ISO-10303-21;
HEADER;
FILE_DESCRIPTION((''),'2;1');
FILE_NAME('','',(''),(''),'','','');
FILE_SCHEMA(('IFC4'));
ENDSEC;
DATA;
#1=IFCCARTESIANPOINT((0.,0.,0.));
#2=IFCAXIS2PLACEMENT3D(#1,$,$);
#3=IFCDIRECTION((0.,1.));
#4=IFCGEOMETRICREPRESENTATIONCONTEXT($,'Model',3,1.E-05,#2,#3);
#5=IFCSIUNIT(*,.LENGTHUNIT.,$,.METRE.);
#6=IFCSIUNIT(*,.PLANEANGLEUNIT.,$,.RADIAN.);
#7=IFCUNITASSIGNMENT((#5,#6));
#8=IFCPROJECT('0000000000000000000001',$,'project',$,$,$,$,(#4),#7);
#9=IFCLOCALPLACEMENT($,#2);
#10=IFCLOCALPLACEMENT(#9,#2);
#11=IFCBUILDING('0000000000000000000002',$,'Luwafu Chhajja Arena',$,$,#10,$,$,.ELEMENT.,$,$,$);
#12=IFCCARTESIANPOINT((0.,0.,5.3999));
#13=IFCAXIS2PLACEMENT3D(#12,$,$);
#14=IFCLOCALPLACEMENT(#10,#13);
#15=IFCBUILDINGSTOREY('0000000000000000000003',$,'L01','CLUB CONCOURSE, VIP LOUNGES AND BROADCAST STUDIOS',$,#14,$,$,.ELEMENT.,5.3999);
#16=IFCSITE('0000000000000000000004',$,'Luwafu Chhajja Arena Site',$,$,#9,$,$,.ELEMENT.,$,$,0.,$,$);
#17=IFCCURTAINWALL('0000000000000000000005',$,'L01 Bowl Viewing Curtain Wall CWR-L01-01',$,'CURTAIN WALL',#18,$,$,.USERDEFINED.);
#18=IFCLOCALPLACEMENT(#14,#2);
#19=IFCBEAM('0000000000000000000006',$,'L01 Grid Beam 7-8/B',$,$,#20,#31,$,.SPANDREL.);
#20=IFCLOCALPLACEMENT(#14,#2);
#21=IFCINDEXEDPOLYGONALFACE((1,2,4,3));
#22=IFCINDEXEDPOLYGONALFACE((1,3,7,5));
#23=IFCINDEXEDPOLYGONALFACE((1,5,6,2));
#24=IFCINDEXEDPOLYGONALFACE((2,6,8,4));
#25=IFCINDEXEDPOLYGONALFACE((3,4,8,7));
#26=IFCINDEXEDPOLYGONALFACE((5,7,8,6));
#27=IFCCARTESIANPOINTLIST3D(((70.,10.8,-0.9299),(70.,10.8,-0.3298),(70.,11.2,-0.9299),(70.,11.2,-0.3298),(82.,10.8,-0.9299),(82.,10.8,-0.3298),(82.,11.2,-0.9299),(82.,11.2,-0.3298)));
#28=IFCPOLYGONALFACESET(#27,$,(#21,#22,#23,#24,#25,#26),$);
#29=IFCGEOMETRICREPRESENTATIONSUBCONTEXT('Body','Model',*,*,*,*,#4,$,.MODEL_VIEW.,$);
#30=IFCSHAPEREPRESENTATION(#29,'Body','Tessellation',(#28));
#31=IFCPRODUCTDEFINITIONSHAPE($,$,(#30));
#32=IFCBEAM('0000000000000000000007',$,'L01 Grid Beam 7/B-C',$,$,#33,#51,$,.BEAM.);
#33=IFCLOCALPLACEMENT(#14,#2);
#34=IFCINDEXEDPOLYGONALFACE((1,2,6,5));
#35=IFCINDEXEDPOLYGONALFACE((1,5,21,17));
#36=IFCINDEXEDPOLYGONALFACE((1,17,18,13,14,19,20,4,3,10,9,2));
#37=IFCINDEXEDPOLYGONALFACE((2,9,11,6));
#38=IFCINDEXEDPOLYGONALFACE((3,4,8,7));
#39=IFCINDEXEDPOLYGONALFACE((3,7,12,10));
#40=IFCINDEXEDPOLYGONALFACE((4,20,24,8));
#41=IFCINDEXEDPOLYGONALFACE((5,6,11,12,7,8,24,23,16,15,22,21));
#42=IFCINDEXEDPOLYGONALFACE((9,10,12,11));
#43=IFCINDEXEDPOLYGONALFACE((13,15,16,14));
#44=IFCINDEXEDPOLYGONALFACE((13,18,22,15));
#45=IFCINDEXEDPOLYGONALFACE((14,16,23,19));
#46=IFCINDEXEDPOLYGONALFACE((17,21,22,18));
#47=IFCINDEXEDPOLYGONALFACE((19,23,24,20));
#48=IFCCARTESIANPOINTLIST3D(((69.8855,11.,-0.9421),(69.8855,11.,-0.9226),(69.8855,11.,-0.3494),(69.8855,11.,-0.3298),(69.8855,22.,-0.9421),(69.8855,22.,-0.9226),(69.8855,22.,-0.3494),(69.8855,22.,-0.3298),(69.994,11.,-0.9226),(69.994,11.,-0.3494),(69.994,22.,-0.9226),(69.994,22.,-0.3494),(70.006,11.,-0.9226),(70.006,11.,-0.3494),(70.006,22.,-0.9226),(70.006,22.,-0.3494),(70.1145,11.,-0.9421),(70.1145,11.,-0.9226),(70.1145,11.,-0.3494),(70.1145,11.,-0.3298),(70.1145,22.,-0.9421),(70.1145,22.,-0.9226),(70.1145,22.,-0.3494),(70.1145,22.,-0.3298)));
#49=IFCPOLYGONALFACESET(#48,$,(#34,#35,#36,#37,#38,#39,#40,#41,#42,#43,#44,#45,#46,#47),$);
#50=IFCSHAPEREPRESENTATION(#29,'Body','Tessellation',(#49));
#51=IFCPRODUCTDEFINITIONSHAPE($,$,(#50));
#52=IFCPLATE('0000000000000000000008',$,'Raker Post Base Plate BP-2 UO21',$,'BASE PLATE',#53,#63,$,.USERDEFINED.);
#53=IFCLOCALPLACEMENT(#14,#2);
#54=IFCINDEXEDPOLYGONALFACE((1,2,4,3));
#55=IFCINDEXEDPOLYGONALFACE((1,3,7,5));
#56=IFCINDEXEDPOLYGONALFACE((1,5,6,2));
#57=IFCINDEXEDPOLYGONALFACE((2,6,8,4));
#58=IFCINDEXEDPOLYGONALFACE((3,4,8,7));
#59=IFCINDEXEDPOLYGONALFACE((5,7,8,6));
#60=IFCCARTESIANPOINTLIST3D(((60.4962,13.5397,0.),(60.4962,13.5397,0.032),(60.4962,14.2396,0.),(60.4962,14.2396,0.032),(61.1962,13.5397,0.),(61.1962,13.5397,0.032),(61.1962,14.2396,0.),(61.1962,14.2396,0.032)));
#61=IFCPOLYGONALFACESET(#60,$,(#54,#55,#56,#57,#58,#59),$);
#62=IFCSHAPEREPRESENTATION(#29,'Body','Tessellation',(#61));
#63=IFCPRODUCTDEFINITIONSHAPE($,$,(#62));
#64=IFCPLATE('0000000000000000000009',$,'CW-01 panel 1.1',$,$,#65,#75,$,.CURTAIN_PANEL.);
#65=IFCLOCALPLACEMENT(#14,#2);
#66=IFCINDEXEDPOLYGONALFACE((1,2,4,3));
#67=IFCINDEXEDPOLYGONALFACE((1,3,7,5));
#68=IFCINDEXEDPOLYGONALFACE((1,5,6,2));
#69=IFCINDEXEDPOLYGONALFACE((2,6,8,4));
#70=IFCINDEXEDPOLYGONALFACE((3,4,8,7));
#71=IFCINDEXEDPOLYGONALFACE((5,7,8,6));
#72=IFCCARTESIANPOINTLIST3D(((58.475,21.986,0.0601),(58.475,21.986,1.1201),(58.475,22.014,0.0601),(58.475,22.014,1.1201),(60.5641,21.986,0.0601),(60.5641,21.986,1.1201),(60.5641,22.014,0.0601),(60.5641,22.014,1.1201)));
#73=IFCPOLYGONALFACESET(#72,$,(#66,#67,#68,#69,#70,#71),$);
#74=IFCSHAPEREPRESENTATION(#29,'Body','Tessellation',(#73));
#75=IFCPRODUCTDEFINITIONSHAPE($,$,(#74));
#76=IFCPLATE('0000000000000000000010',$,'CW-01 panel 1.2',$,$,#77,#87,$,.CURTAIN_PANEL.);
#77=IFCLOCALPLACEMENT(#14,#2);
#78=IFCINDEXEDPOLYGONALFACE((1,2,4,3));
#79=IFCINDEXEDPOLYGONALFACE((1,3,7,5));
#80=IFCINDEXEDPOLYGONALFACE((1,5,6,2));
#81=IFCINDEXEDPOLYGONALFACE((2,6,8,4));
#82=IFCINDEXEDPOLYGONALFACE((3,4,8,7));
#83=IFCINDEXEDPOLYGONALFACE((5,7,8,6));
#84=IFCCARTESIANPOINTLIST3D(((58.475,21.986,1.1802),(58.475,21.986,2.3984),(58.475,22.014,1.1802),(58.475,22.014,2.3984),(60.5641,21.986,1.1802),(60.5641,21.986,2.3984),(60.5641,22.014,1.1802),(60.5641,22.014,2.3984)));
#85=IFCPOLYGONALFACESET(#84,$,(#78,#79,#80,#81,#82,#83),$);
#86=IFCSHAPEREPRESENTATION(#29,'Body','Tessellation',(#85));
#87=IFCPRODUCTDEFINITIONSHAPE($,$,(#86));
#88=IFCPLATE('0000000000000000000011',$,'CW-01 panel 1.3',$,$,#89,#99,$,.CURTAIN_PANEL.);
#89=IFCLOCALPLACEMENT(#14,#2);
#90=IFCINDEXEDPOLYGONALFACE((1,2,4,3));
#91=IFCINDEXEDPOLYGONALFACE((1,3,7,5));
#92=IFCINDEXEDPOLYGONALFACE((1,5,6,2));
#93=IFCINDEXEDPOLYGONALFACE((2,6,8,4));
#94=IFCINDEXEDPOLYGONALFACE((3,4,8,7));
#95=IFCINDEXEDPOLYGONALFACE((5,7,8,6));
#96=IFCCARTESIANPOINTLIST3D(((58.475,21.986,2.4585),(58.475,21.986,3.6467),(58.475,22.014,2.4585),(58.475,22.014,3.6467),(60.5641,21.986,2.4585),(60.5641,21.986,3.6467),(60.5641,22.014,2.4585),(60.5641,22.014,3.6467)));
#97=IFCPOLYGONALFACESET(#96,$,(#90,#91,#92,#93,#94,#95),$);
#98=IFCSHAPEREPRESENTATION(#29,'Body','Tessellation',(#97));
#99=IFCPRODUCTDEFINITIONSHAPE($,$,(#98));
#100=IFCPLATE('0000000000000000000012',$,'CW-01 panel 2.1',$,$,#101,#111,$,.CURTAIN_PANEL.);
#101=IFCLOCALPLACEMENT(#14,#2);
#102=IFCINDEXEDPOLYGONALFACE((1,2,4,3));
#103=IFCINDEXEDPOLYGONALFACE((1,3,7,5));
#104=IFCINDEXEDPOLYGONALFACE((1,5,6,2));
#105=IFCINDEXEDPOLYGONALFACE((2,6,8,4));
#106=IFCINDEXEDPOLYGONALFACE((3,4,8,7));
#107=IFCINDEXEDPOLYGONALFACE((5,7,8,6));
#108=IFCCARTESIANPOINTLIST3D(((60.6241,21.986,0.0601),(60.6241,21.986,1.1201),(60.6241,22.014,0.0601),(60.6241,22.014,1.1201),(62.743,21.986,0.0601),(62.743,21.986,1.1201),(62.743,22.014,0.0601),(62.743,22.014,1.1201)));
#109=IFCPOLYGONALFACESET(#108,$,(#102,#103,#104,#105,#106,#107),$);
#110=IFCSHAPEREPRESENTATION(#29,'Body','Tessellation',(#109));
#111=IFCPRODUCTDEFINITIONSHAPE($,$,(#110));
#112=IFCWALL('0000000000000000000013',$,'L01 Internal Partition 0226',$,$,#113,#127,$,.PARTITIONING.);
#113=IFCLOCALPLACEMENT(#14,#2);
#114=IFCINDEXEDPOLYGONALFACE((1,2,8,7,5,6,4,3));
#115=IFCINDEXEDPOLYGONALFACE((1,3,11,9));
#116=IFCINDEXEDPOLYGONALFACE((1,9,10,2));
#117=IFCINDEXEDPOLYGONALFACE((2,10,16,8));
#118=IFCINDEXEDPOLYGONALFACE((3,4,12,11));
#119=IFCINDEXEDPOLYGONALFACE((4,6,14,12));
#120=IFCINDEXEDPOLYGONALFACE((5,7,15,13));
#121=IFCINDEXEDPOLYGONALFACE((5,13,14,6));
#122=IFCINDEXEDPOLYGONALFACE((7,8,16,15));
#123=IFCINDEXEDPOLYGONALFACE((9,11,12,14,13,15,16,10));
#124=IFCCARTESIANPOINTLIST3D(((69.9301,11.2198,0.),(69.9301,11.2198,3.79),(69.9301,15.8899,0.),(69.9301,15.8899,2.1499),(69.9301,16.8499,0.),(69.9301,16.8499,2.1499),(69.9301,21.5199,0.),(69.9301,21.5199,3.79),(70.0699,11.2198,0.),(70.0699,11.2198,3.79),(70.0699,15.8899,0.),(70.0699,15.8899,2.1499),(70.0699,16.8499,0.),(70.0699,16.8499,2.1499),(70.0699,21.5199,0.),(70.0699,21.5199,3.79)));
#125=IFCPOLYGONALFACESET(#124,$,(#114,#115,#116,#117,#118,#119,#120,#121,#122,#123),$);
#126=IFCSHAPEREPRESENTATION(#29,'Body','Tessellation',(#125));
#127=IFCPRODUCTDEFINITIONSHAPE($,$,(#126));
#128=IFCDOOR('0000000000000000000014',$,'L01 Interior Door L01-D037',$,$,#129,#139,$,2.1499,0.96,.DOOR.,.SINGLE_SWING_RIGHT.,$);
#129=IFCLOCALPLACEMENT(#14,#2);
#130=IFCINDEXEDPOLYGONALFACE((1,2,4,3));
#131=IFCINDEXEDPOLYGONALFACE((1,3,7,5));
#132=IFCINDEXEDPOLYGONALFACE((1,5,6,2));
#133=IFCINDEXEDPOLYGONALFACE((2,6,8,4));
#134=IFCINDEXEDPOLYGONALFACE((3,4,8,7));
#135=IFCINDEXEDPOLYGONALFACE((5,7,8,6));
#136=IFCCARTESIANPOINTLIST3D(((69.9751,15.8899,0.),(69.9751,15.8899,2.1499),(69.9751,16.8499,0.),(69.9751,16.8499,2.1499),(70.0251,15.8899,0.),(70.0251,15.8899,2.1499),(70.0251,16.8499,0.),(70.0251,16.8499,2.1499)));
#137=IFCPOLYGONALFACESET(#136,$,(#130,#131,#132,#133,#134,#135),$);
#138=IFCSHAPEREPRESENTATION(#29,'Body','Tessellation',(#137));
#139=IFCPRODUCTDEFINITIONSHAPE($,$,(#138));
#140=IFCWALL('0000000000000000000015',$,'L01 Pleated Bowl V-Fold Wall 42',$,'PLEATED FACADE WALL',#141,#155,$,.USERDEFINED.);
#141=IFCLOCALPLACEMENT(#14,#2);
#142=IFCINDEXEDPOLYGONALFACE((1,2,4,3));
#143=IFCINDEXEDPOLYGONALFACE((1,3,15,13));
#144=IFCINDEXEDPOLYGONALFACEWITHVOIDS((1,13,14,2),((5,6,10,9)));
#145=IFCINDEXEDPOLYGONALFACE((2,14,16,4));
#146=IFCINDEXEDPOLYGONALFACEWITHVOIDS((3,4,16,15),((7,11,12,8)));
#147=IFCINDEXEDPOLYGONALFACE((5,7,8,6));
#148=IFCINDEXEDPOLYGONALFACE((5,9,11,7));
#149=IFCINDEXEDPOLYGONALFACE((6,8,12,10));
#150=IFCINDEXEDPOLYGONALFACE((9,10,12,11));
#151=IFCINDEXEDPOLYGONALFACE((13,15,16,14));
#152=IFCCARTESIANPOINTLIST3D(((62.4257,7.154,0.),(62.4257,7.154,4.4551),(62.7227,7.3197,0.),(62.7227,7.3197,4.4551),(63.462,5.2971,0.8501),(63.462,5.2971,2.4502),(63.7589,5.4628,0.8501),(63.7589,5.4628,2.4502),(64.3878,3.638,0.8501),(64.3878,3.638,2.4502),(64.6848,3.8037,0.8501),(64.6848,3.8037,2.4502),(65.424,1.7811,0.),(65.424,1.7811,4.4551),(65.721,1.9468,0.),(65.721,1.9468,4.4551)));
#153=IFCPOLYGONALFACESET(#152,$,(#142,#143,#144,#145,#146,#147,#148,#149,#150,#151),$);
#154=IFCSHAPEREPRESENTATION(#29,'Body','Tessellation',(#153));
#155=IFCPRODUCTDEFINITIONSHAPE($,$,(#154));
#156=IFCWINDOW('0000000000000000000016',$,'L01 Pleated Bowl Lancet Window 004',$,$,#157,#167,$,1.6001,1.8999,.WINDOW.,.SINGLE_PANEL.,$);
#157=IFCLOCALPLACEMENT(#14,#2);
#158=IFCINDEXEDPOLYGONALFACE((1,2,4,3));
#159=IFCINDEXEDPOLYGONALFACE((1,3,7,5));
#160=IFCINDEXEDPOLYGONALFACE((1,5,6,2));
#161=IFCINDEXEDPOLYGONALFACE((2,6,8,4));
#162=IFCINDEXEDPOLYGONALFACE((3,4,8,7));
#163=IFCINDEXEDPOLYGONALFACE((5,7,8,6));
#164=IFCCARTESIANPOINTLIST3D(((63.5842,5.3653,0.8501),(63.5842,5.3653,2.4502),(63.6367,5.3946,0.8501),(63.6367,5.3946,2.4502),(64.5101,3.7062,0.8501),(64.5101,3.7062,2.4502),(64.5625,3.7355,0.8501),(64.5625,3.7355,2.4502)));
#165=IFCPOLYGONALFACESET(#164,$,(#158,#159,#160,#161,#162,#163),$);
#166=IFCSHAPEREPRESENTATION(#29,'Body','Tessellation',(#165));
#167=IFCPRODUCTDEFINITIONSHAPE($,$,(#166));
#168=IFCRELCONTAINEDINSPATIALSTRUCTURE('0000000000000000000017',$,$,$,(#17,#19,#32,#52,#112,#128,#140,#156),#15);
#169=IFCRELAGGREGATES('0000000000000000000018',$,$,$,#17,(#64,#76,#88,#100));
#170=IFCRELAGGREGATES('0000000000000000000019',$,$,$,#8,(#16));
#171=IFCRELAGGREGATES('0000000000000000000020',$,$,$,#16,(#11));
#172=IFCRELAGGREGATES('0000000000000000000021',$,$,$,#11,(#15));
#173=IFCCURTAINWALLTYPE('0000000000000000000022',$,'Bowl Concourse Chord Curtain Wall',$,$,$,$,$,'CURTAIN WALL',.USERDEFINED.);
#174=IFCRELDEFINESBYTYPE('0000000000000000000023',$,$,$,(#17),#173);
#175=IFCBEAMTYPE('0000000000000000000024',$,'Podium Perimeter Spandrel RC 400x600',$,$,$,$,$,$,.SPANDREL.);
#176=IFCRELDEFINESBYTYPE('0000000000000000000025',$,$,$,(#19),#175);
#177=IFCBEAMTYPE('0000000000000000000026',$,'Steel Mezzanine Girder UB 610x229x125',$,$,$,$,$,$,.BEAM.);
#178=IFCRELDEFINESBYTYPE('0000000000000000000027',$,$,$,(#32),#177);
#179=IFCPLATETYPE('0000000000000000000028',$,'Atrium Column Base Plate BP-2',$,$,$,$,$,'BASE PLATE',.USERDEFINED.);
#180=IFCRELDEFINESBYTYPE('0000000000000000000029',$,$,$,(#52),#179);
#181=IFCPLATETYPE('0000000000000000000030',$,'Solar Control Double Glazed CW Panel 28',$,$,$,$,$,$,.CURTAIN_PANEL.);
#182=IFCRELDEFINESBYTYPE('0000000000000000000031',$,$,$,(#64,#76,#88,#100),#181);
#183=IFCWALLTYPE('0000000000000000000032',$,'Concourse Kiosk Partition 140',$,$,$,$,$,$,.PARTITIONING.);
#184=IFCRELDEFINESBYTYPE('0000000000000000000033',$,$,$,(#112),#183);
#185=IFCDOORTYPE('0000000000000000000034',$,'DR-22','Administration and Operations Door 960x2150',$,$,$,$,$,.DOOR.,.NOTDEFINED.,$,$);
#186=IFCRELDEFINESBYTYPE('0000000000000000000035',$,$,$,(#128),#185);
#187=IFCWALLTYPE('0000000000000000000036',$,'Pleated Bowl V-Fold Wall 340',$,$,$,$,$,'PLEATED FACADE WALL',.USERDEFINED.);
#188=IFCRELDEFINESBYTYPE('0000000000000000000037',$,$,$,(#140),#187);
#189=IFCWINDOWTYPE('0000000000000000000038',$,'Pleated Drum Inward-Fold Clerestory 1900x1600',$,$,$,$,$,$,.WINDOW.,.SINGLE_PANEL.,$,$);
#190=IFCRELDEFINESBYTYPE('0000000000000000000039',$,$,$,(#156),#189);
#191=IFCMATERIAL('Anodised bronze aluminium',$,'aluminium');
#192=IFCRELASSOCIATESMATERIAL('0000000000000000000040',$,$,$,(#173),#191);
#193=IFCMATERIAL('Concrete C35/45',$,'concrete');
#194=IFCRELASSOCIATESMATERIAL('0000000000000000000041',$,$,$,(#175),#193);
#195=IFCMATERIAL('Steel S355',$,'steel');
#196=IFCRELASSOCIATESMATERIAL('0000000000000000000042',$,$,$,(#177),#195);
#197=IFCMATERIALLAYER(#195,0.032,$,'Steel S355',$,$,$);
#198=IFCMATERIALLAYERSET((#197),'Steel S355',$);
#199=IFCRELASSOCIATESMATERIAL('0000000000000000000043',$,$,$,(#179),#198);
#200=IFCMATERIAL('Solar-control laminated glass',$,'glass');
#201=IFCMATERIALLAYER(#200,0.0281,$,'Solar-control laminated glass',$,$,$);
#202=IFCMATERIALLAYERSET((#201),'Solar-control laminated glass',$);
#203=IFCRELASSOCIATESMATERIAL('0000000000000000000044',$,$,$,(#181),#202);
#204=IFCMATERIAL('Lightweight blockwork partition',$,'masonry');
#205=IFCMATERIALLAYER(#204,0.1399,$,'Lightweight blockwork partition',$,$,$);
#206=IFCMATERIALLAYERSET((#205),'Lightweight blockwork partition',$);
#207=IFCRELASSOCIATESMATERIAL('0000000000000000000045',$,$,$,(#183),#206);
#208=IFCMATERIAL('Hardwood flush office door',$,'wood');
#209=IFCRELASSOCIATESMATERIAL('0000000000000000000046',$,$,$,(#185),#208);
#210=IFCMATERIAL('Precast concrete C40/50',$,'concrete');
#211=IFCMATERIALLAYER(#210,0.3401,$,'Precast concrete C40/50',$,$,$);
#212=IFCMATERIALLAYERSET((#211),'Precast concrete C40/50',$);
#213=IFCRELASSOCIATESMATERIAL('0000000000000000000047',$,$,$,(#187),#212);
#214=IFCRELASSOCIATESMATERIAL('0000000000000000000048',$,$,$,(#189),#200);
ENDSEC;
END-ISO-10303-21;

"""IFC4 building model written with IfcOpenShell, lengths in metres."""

from ifc_helpers import new_model, si_unit, direction, frame, frame_2d, origin, origin_2d, place, context, subcontext, project, spatial, rectangle, i_section, extrude, material, layer, layer_set, material_profile, profile_set, type_object, element, fill, aggregate, save


model = new_model("IFC4")

# Units and contexts
model_context = context("Model", 3, precision=1e-05, world=origin(), true_north=direction((0.0, 1.0)))
body_context = subcontext(model_context, "Body", "Model", "MODEL_VIEW")
ifc_project = project(units=[si_unit("LENGTHUNIT", "METRE"), si_unit("PLANEANGLEUNIT", "RADIAN")], contexts=[model_context])

# Site, building, storey
site_placement = place(None, origin())
site = spatial("IfcSite", under=ifc_project, at=site_placement, Name="Luwafu Chhajja Arena Site", CompositionType="ELEMENT", RefElevation=0.0)
building_placement = place(site_placement, origin())
building = spatial("IfcBuilding", under=site, at=building_placement, Name="Luwafu Chhajja Arena", CompositionType="ELEMENT")
storey_placement = place(building_placement, frame((0.0, 0.0, 5.3999)))
storey = spatial("IfcBuildingStorey", under=building, at=storey_placement, Name="L01", Description="CLUB CONCOURSE, VIP LOUNGES AND BROADCAST STUDIOS", CompositionType="ELEMENT", Elevation=5.3999)

# Shared definitions
ifc_material_1 = material(Name="Concrete C35/45", Category="concrete")
ifc_material_2 = material(Name="Steel S355", Category="steel")

# Curtain wall
ifc_material_3 = material(Name="Anodised bronze aluminium", Category="aluminium")
curtain_wall_type = type_object("IfcCurtainWallType", Name="Bowl Concourse Chord Curtain Wall", ElementType="CURTAIN WALL", PredefinedType="USERDEFINED", material=ifc_material_3)
curtain_wall_placement = place(storey_placement, origin())
curtain_wall = element("IfcCurtainWall", 1, at=curtain_wall_placement, inside=storey, type_object=curtain_wall_type, Name="L01 Bowl Viewing Curtain Wall CWR-L01-01", ObjectType="CURTAIN WALL", PredefinedType="USERDEFINED")

# Beams
ifc_material_profile_1 = material_profile(ifc_material_1, rectangle(XDim=0.3999, YDim=0.6001, at=origin_2d()), Name="RC 400x600")
ifc_profile_set_1 = profile_set([ifc_material_profile_1], Name="Concrete C35/45")
beam_type_1 = type_object("IfcBeamType", Name="Podium Perimeter Spandrel RC 400x600", PredefinedType="SPANDREL", material=ifc_profile_set_1)
beam_1_placement = place(storey_placement, frame((70.0, 11.0, -0.6299), z_axis=(1.0, 0.0, 0.0), x_axis=(0.0, 1.0, 0.0)))
element("IfcBeam", 2, at=beam_1_placement, inside=storey, type_object=beam_type_1, Name="L01 Grid Beam 7-8/B", PredefinedType="SPANDREL", context=body_context, shape_type="SweptSolid", body=[
    extrude(rectangle(XDim=0.3999, YDim=0.6001, at=origin_2d()), origin(), (0.0, 0.0, 1.0), 12.0),
])
ifc_material_profile_2 = material_profile(ifc_material_2, i_section(OverallWidth=0.229, OverallDepth=0.6123, WebThickness=0.012, FlangeThickness=0.0195, at=origin_2d()), Name="UB 610x229x125")
ifc_profile_set_2 = profile_set([ifc_material_profile_2], Name="Steel S355")
beam_type_2 = type_object("IfcBeamType", Name="Steel Mezzanine Girder UB 610x229x125", PredefinedType="BEAM", material=ifc_profile_set_2)
beam_2_placement = place(storey_placement, frame((70.0, 11.0, -0.636), z_axis=(0.0, 1.0, 0.0), x_axis=(-1.0, 0.0, 0.0)))
element("IfcBeam", 3, at=beam_2_placement, inside=storey, type_object=beam_type_2, Name="L01 Grid Beam 7/B-C", PredefinedType="BEAM", context=body_context, shape_type="SweptSolid", body=[
    extrude(i_section(OverallWidth=0.229, OverallDepth=0.6123, WebThickness=0.012, FlangeThickness=0.0195, at=origin_2d()), origin(), (0.0, 0.0, 1.0), 11.0),
])

# Plates
ifc_layer_1 = layer(ifc_material_2, 0.032, Name="Steel S355")
ifc_layer_set_1 = layer_set([ifc_layer_1], Name="Steel S355")
plate_type_1 = type_object("IfcPlateType", Name="Atrium Column Base Plate BP-2", ElementType="BASE PLATE", PredefinedType="USERDEFINED", material=ifc_layer_set_1)
plate_1_placement = place(storey_placement, frame((60.8462, 13.8896, 0.0), z_axis=(0.0, 0.0, 1.0), x_axis=(1.0, 0.0, 0.0)))
element("IfcPlate", 4, at=plate_1_placement, inside=storey, type_object=plate_type_1, Name="Raker Post Base Plate BP-2 UO21", ObjectType="BASE PLATE", PredefinedType="USERDEFINED", context=body_context, shape_type="SweptSolid", body=[
    extrude(rectangle(XDim=0.7, YDim=0.7, at=origin_2d()), origin(), (0.0, 0.0, 1.0), 0.032),
])
ifc_material_4 = material(Name="Solar-control laminated glass", Category="glass")
ifc_layer_2 = layer(ifc_material_4, 0.0281, Name="Solar-control laminated glass")
ifc_layer_set_2 = layer_set([ifc_layer_2], Name="Solar-control laminated glass")
plate_type_2 = type_object("IfcPlateType", Name="Solar Control Double Glazed CW Panel 28", PredefinedType="CURTAIN_PANEL", material=ifc_layer_set_2)
plate_2_placement = place(storey_placement, frame((59.5195, 22.0, 0.0601), z_axis=(0.0, 0.0, 1.0), x_axis=(1.0, 0.0, 0.0)))
plate_2 = element("IfcPlate", 5, at=plate_2_placement, type_object=plate_type_2, Name="CW-01 panel 1.1", PredefinedType="CURTAIN_PANEL", context=body_context, shape_type="SweptSolid", body=[
    extrude(rectangle(XDim=2.0891, YDim=0.0281, at=origin_2d()), origin(), (0.0, 0.0, 1.0), 1.0601),
])
plate_3_placement = place(storey_placement, frame((59.5195, 22.0, 1.1802), z_axis=(0.0, 0.0, 1.0), x_axis=(1.0, 0.0, 0.0)))
plate_3 = element("IfcPlate", 6, at=plate_3_placement, type_object=plate_type_2, Name="CW-01 panel 1.2", PredefinedType="CURTAIN_PANEL", context=body_context, shape_type="SweptSolid", body=[
    extrude(rectangle(XDim=2.0891, YDim=0.0281, at=origin_2d()), origin(), (0.0, 0.0, 1.0), 1.2183),
])
plate_4_placement = place(storey_placement, frame((59.5195, 22.0, 2.4585), z_axis=(0.0, 0.0, 1.0), x_axis=(1.0, 0.0, 0.0)))
plate_4 = element("IfcPlate", 7, at=plate_4_placement, type_object=plate_type_2, Name="CW-01 panel 1.3", PredefinedType="CURTAIN_PANEL", context=body_context, shape_type="SweptSolid", body=[
    extrude(rectangle(XDim=2.0891, YDim=0.0281, at=origin_2d()), origin(), (0.0, 0.0, 1.0), 1.1882),
])
plate_5_placement = place(storey_placement, frame((61.6836, 22.0, 0.0601), z_axis=(0.0, 0.0, 1.0), x_axis=(1.0, 0.0, 0.0)))
plate_5 = element("IfcPlate", 8, at=plate_5_placement, type_object=plate_type_2, Name="CW-01 panel 2.1", PredefinedType="CURTAIN_PANEL", context=body_context, shape_type="SweptSolid", body=[
    extrude(rectangle(XDim=2.1189, YDim=0.0281, at=origin_2d()), origin(), (0.0, 0.0, 1.0), 1.0601),
])
aggregate(curtain_wall, [plate_2, plate_3, plate_4, plate_5])

# Wall, opening, door
ifc_material_5 = material(Name="Lightweight blockwork partition", Category="masonry")
ifc_layer_3 = layer(ifc_material_5, 0.1399, Name="Lightweight blockwork partition")
ifc_layer_set_3 = layer_set([ifc_layer_3], Name="Lightweight blockwork partition")
wall_type_1 = type_object("IfcWallType", Name="Concourse Kiosk Partition 140", PredefinedType="PARTITIONING", material=ifc_layer_set_3)
wall_1_placement = place(storey_placement, frame((70.0, 11.22, 0.0), z_axis=(0.0, 0.0, 1.0), x_axis=(0.0, 1.0, 0.0)))
wall_1 = element("IfcWall", 9, at=wall_1_placement, inside=storey, type_object=wall_type_1, Name="L01 Internal Partition 0226", PredefinedType="PARTITIONING", context=body_context, shape_type="SweptSolid", body=[
    extrude(rectangle(XDim=10.3, YDim=0.1399, at=frame_2d((5.1499, 0.0))), origin(), (0.0, 0.0, 1.0), 3.79),
])
opening_1_placement = place(wall_1_placement, frame((4.6699, 0.0, 0.0)))
opening_1 = element("IfcOpeningElement", 10, at=opening_1_placement, cuts=wall_1, PredefinedType="OPENING", context=body_context, shape_type="SweptSolid", body=[
    extrude(rectangle(XDim=0.96, YDim=2.1499, at=frame_2d((0.48, 1.075))), frame((0.0, 0.0798, 0.0), z_axis=(0.0, -1.0, 0.0), x_axis=(1.0, 0.0, 0.0)), (0.0, 0.0, 1.0), 0.1599),
])
ifc_material_6 = material(Name="Hardwood flush office door", Category="wood")
door_type = type_object("IfcDoorType", Name="DR-22", Description="Administration and Operations Door 960x2150", OperationType="NOTDEFINED", PredefinedType="DOOR", material=ifc_material_6)
door_placement = place(opening_1_placement, origin())
door = element("IfcDoor", 11, at=door_placement, inside=storey, type_object=door_type, Name="L01 Interior Door L01-D037", OperationType="SINGLE_SWING_RIGHT", OverallHeight=2.1499, OverallWidth=0.96, PredefinedType="DOOR", context=body_context, shape_type="SweptSolid", body=[
    extrude(rectangle(XDim=0.96, YDim=2.1499, at=frame_2d((0.48, 1.075))), frame((0.0, 0.0249, 0.0), z_axis=(0.0, -1.0, 0.0), x_axis=(1.0, 0.0, 0.0)), (0.0, 0.0, 1.0), 0.05),
])
fill(opening_1, door)

# Wall, opening, window
ifc_material_7 = material(Name="Precast concrete C40/50", Category="concrete")
ifc_layer_4 = layer(ifc_material_7, 0.3401, Name="Precast concrete C40/50")
ifc_layer_set_4 = layer_set([ifc_layer_4], Name="Precast concrete C40/50")
wall_type_2 = type_object("IfcWallType", Name="Pleated Bowl V-Fold Wall 340", ElementType="PLEATED FACADE WALL", PredefinedType="USERDEFINED", material=ifc_layer_set_4)
wall_2_placement = place(storey_placement, frame((62.5742, 7.2368, 0.0), z_axis=(0.0, 0.0, 1.0), x_axis=(0.487306, -0.873231, 0.0)))
wall_2 = element("IfcWall", 12, at=wall_2_placement, inside=storey, type_object=wall_type_2, Name="L01 Pleated Bowl V-Fold Wall 42", ObjectType="PLEATED FACADE WALL", PredefinedType="USERDEFINED", context=body_context, shape_type="SweptSolid", body=[
    extrude(rectangle(XDim=6.1528, YDim=0.3401, at=frame_2d((3.0764, 0.0))), origin(), (0.0, 0.0, 1.0), 4.4551),
])
opening_2_placement = place(wall_2_placement, frame((2.1265, 0.0, 0.8501)))
opening_2 = element("IfcOpeningElement", 13, at=opening_2_placement, cuts=wall_2, PredefinedType="OPENING", context=body_context, shape_type="SweptSolid", body=[
    extrude(rectangle(XDim=1.8999, YDim=1.6001, at=frame_2d((0.95, 0.8))), frame((0.0, 0.1799, 0.0), z_axis=(0.0, -1.0, 0.0), x_axis=(1.0, 0.0, 0.0)), (0.0, 0.0, 1.0), 0.3601),
])
window_type_1 = type_object("IfcWindowType", Name="Pleated Drum Inward-Fold Clerestory 1900x1600", PartitioningType="SINGLE_PANEL", PredefinedType="WINDOW", material=ifc_material_4)
window_1_placement = place(opening_2_placement, origin())
window_1 = element("IfcWindow", 14, at=window_1_placement, inside=storey, type_object=window_type_1, Name="L01 Pleated Bowl Lancet Window 004", OverallHeight=1.6001, OverallWidth=1.8999, PartitioningType="SINGLE_PANEL", PredefinedType="WINDOW", context=body_context, shape_type="SweptSolid", body=[
    extrude(rectangle(XDim=1.8999, YDim=1.6001, at=frame_2d((0.95, 0.8))), frame((0.0, 0.03, 0.0), z_axis=(0.0, -1.0, 0.0), x_axis=(1.0, 0.0, 0.0)), (0.0, 0.0, 1.0), 0.0601),
])
fill(opening_2, window_1)

save(model, "model.ifc")
